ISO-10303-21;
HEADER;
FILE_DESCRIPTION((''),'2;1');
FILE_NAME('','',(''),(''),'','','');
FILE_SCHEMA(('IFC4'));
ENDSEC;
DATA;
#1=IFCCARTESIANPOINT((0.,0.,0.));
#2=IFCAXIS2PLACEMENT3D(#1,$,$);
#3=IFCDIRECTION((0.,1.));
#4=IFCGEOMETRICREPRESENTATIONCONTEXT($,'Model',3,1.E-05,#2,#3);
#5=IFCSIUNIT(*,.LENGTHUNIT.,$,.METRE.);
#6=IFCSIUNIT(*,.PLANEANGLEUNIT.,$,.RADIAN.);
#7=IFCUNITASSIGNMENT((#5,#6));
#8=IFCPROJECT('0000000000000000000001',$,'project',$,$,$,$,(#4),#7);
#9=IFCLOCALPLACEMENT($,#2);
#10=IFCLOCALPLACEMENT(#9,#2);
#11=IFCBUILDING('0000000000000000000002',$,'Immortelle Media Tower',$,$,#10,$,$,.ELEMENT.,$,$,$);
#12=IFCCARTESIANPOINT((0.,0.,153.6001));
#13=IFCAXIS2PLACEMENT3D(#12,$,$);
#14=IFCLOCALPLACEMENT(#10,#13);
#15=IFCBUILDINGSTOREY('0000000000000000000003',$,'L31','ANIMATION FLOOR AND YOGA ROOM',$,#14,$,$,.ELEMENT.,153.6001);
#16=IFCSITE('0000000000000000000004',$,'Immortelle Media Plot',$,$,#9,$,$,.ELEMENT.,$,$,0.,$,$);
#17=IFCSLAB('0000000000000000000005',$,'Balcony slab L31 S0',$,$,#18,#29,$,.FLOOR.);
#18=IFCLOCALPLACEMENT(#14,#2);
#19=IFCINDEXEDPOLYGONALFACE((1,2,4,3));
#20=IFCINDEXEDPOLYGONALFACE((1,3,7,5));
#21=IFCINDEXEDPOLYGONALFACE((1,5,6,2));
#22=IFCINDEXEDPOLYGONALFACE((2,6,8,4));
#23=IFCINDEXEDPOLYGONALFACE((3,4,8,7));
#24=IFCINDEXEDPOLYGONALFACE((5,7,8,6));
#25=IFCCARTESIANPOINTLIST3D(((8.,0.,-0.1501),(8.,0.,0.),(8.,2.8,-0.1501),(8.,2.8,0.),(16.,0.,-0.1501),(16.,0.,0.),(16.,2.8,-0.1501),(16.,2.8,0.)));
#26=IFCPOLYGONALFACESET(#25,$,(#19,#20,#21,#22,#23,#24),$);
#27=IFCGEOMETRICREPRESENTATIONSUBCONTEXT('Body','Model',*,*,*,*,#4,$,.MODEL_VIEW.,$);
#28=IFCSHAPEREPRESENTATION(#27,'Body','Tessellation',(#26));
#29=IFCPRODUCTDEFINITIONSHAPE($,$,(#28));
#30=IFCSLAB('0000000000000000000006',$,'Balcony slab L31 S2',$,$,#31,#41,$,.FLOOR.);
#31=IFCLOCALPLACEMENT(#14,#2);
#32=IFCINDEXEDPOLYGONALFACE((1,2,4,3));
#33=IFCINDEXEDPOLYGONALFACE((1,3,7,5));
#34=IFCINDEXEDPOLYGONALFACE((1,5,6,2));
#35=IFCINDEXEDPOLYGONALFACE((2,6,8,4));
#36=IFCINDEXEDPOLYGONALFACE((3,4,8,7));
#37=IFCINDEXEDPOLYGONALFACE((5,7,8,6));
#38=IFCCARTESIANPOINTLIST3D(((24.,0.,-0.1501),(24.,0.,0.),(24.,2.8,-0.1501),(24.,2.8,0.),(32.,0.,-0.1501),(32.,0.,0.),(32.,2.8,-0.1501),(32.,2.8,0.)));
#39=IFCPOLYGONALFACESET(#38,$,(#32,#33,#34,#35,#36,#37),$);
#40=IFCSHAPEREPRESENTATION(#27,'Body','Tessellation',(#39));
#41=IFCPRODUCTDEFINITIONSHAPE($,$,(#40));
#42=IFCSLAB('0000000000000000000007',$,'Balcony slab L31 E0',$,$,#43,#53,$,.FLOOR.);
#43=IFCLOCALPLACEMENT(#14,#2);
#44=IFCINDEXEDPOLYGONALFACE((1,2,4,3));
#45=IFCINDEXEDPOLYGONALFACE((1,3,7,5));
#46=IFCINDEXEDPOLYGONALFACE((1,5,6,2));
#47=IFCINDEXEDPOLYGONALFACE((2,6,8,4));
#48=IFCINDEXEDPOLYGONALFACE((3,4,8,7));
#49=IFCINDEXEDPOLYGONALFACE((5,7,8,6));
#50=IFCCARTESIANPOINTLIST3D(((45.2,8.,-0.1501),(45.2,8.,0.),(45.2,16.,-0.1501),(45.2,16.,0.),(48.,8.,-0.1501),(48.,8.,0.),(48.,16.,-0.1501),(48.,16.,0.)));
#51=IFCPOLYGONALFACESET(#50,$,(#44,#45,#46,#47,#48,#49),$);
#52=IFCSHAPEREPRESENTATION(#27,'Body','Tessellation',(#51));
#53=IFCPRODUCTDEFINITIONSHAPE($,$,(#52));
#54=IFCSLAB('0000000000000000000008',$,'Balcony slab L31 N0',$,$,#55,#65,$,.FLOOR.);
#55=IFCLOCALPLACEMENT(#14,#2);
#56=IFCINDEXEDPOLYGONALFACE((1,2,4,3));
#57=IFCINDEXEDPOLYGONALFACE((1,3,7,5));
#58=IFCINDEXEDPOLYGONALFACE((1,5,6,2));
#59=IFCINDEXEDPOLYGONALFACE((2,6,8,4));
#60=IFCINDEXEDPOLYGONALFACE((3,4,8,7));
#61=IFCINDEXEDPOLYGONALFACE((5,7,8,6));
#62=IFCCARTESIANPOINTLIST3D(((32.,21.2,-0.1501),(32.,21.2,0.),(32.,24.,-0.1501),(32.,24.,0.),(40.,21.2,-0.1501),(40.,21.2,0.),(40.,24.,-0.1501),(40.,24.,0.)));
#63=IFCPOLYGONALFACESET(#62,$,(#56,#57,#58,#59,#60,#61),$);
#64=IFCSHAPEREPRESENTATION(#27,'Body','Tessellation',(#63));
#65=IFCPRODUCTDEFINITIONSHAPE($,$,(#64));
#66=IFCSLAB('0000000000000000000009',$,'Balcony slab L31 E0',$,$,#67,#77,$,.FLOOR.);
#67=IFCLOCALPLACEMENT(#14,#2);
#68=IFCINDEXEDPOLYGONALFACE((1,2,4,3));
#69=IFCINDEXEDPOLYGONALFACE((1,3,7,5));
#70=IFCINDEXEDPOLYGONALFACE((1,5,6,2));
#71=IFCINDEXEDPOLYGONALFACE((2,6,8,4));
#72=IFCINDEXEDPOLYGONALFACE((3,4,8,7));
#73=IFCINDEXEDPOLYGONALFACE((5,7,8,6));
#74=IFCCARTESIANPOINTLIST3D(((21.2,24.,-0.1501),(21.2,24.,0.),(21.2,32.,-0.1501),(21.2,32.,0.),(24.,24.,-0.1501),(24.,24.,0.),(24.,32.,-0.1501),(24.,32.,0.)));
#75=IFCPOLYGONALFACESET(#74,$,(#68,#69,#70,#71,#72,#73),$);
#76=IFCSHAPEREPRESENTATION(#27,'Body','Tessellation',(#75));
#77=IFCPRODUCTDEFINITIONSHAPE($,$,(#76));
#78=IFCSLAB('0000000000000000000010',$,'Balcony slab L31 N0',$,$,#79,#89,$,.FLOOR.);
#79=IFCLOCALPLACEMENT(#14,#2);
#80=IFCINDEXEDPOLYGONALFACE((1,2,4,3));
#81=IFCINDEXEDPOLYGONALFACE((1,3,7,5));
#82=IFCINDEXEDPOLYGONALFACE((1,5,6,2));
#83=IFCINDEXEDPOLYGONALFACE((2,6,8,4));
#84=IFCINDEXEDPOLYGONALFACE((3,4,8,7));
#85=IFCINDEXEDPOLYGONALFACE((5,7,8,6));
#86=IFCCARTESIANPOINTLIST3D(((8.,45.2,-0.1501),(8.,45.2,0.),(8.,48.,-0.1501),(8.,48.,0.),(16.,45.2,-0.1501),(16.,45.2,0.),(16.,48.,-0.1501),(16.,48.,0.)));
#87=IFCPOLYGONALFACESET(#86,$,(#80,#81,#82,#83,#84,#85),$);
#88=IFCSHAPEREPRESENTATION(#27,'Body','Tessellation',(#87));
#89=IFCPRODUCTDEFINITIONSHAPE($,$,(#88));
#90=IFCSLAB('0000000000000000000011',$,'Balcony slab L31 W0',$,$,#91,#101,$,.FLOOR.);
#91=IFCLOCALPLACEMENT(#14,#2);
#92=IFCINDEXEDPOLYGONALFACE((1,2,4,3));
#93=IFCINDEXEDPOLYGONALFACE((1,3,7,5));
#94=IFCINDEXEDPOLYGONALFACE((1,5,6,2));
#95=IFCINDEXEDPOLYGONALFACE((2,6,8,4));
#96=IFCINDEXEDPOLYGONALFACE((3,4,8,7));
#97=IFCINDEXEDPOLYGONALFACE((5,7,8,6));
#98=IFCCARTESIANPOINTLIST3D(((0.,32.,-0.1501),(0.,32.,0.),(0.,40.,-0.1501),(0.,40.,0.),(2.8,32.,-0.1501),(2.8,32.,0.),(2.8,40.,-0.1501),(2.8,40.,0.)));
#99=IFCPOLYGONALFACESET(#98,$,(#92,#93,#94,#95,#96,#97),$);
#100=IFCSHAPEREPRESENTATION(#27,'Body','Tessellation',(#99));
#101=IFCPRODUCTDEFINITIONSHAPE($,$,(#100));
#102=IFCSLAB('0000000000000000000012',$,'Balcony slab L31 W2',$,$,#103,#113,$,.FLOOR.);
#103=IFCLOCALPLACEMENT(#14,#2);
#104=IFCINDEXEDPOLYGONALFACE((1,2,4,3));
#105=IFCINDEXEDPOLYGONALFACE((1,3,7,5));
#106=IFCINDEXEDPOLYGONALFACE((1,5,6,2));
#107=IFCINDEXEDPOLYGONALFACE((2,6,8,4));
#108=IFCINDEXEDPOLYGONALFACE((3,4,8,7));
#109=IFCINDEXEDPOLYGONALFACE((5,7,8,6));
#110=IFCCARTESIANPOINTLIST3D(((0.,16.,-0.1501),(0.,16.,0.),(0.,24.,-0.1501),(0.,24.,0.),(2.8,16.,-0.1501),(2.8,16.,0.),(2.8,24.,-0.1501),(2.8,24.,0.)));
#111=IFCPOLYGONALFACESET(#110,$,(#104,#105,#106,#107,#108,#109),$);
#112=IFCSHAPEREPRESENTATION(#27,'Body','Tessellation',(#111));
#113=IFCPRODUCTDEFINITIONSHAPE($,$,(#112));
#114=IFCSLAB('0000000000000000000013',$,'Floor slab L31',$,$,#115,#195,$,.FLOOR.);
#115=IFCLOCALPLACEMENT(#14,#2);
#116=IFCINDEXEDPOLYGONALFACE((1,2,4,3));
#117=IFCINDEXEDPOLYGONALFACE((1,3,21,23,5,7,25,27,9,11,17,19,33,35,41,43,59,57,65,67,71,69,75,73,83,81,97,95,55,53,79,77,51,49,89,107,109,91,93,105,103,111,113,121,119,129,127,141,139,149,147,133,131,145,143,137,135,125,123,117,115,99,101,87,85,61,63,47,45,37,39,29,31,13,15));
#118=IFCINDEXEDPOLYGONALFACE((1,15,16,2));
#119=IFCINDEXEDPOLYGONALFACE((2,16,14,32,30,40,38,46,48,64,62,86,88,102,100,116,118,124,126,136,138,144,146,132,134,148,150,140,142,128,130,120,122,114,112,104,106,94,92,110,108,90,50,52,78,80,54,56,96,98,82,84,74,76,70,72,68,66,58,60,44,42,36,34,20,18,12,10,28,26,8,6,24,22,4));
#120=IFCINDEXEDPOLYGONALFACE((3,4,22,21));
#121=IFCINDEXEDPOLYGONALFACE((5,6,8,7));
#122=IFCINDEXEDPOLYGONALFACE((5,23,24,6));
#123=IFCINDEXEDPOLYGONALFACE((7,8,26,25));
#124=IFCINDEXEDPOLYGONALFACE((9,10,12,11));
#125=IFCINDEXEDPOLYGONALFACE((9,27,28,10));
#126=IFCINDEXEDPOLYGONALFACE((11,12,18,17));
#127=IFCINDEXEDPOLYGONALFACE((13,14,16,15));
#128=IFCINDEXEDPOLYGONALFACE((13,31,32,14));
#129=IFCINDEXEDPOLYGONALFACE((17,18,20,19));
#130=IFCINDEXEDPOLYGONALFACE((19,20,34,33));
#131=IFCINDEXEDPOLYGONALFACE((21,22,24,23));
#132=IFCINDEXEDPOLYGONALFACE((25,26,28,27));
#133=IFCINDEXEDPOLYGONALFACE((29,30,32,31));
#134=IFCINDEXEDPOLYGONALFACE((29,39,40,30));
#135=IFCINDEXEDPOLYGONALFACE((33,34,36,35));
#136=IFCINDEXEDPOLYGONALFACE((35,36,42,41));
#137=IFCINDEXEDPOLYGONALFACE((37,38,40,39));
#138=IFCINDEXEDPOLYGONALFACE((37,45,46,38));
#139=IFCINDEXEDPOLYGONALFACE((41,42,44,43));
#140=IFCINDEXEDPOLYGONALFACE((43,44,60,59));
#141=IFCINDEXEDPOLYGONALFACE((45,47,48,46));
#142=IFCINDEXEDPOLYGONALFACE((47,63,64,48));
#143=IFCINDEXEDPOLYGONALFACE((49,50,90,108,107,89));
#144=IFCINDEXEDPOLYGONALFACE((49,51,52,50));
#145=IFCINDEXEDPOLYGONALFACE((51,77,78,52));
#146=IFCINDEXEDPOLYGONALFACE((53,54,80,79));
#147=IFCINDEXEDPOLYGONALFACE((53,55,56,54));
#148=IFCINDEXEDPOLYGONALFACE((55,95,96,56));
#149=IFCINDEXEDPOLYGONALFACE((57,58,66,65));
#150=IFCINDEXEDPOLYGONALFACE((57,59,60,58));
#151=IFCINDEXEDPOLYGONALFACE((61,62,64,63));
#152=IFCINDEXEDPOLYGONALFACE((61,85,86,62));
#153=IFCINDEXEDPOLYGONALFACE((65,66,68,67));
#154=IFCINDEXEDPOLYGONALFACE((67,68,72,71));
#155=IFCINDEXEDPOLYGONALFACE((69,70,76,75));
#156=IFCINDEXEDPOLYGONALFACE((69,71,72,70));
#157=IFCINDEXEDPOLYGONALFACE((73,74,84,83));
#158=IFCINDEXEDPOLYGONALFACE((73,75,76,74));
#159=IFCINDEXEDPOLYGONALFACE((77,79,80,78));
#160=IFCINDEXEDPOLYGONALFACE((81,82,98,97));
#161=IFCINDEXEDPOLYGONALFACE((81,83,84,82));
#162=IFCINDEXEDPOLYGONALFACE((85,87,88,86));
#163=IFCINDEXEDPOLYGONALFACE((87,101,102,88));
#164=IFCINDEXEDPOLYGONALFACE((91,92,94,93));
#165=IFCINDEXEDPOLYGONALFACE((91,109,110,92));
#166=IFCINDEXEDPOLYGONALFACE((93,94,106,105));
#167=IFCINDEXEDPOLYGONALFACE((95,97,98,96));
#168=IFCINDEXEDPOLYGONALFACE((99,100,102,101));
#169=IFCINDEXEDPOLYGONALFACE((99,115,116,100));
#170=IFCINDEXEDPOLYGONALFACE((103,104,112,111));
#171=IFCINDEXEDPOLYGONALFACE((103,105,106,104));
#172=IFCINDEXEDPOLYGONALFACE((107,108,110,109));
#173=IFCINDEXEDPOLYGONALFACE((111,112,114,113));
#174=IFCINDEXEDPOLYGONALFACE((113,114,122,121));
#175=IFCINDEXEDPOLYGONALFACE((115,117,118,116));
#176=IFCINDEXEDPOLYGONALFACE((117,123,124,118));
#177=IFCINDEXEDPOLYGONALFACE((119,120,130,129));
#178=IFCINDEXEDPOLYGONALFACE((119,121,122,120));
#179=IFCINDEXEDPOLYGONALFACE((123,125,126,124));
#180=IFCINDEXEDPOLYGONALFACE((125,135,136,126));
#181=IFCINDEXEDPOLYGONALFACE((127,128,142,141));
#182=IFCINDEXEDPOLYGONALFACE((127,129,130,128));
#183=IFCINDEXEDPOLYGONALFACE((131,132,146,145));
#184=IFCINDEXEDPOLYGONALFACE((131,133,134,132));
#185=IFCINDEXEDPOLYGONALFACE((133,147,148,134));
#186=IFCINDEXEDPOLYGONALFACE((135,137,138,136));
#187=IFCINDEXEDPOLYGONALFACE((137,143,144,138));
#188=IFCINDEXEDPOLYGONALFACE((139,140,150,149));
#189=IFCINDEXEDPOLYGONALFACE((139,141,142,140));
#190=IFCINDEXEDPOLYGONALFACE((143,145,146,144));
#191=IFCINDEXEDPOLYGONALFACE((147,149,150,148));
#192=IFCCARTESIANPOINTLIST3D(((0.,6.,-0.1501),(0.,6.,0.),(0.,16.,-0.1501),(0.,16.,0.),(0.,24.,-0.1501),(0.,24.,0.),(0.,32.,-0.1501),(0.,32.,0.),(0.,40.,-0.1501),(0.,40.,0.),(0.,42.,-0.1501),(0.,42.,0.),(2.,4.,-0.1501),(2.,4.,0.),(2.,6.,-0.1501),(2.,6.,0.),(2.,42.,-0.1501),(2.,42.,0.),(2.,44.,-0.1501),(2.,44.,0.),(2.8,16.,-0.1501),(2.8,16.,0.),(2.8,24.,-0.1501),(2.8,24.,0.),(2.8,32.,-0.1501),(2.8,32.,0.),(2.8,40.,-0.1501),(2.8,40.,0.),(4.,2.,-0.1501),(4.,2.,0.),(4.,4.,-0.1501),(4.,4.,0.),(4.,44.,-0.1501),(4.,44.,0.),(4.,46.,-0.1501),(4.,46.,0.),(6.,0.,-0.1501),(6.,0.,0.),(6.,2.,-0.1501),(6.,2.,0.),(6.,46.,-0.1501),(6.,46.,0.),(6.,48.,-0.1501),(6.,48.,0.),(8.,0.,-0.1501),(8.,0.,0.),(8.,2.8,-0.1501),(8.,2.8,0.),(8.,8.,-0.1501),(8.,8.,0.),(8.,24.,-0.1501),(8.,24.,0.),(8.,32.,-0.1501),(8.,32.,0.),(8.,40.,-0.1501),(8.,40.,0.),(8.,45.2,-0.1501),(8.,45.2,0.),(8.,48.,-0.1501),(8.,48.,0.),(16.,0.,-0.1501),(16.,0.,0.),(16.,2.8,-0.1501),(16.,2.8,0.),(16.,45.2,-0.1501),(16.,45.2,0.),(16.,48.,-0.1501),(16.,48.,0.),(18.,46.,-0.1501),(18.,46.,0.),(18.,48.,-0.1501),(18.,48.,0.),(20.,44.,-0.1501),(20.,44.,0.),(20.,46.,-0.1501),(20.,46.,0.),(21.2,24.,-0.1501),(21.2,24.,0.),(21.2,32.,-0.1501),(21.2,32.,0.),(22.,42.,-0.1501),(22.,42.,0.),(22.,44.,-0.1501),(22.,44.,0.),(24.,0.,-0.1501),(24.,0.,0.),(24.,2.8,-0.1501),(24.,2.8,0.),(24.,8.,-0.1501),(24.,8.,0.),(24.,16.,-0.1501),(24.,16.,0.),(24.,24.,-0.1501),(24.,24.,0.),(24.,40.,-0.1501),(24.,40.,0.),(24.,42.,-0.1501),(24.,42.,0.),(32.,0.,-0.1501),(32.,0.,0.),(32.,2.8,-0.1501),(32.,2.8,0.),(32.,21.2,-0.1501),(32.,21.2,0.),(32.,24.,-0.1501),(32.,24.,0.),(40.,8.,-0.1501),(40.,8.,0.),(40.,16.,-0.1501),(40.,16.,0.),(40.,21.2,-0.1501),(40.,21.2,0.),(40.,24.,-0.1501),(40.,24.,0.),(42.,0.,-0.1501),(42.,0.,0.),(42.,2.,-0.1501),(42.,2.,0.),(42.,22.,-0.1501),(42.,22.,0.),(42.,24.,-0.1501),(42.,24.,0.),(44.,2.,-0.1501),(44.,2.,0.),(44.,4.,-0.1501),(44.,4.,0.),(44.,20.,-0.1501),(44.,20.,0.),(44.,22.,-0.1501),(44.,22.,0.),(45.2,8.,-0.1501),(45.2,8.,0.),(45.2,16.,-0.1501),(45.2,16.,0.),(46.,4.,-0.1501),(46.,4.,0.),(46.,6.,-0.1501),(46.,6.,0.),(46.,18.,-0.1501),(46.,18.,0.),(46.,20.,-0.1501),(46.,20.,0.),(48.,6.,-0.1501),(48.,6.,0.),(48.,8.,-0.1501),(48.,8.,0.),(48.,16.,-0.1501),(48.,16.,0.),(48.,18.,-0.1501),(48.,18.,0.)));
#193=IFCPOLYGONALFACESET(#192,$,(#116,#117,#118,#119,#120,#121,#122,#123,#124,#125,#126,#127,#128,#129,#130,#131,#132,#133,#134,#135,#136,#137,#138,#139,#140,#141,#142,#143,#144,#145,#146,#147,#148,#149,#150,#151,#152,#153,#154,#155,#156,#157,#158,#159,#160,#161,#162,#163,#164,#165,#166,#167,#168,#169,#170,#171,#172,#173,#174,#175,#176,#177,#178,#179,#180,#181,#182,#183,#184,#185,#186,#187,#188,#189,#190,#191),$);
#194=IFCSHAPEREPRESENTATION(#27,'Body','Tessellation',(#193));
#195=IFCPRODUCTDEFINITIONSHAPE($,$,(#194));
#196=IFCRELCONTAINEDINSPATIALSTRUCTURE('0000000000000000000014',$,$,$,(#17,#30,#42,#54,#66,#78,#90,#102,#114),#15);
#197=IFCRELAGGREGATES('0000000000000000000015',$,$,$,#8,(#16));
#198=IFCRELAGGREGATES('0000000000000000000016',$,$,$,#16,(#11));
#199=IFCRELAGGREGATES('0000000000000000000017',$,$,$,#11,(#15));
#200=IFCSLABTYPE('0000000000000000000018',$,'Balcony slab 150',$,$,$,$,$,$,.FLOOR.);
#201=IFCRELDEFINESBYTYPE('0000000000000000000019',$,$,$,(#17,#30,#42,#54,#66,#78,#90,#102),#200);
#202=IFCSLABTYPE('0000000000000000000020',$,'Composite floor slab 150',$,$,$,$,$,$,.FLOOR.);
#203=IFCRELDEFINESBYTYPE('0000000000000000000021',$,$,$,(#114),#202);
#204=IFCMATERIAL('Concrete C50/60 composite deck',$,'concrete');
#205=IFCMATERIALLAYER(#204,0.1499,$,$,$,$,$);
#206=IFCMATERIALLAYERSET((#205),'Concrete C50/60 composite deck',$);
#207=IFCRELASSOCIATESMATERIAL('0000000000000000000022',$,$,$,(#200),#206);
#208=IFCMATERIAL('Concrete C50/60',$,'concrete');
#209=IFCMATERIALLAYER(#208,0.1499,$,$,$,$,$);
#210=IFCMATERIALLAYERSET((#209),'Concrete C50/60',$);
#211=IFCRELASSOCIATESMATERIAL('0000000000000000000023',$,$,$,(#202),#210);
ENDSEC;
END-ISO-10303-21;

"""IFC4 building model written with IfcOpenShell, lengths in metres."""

from ifc_helpers import new_model, si_unit, direction, frame, origin, place, context, subcontext, project, spatial, polyline, outline, extrude, material, layer, layer_set, type_object, element, save


model = new_model("IFC4")

# Units and contexts
model_context = context("Model", 3, precision=1e-05, world=origin(), true_north=direction((0.0, 1.0)))
body_context = subcontext(model_context, "Body", "Model", "MODEL_VIEW")
ifc_project = project(units=[si_unit("LENGTHUNIT", "METRE"), si_unit("PLANEANGLEUNIT", "RADIAN")], contexts=[model_context])

# Site, building, storey
site_placement = place(None, origin())
site = spatial("IfcSite", under=ifc_project, at=site_placement, Name="Immortelle Media Plot", CompositionType="ELEMENT", RefElevation=0.0)
building_placement = place(site_placement, origin())
building = spatial("IfcBuilding", under=site, at=building_placement, Name="Immortelle Media Tower", CompositionType="ELEMENT")
storey_placement = place(building_placement, frame((0.0, 0.0, 153.6001)))
storey = spatial("IfcBuildingStorey", under=building, at=storey_placement, Name="L31", Description="ANIMATION FLOOR AND YOGA ROOM", CompositionType="ELEMENT", Elevation=153.6001)

# Slabs
ifc_material_1 = material(Name="Concrete C50/60 composite deck", Category="concrete")
ifc_layer_1 = layer(ifc_material_1, 0.1499)
ifc_layer_set_1 = layer_set([ifc_layer_1], Name="Concrete C50/60 composite deck")
slab_type_1 = type_object("IfcSlabType", Name="Balcony slab 150", PredefinedType="FLOOR", material=ifc_layer_set_1)
slab_1_placement = place(storey_placement, frame((0.0, 0.0, -0.1501)))
element("IfcSlab", 1, at=slab_1_placement, inside=storey, type_object=slab_type_1, Name="Balcony slab L31 S0", PredefinedType="FLOOR", context=body_context, shape_type="SweptSolid", body=[
    extrude(outline(polyline([(16.0, 0.0), (16.0, 2.8), (8.0, 2.8), (8.0, 0.0), (16.0, 0.0)])), origin(), (0.0, 0.0, 1.0), 0.1501),
])
slab_2_placement = place(storey_placement, frame((0.0, 0.0, -0.1501)))
element("IfcSlab", 2, at=slab_2_placement, inside=storey, type_object=slab_type_1, Name="Balcony slab L31 S2", PredefinedType="FLOOR", context=body_context, shape_type="SweptSolid", body=[
    extrude(outline(polyline([(32.0, 0.0), (32.0, 2.8), (24.0, 2.8), (24.0, 0.0), (32.0, 0.0)])), origin(), (0.0, 0.0, 1.0), 0.1501),
])
slab_3_placement = place(storey_placement, frame((0.0, 0.0, -0.1501)))
element("IfcSlab", 3, at=slab_3_placement, inside=storey, type_object=slab_type_1, Name="Balcony slab L31 E0", PredefinedType="FLOOR", context=body_context, shape_type="SweptSolid", body=[
    extrude(outline(polyline([(48.0, 8.0), (48.0, 16.0), (45.2, 16.0), (45.2, 8.0), (48.0, 8.0)])), origin(), (0.0, 0.0, 1.0), 0.1501),
])
slab_4_placement = place(storey_placement, frame((0.0, 0.0, -0.1501)))
element("IfcSlab", 4, at=slab_4_placement, inside=storey, type_object=slab_type_1, Name="Balcony slab L31 N0", PredefinedType="FLOOR", context=body_context, shape_type="SweptSolid", body=[
    extrude(outline(polyline([(40.0, 21.2), (40.0, 24.0), (32.0, 24.0), (32.0, 21.2), (40.0, 21.2)])), origin(), (0.0, 0.0, 1.0), 0.1501),
])
slab_5_placement = place(storey_placement, frame((0.0, 0.0, -0.1501)))
element("IfcSlab", 5, at=slab_5_placement, inside=storey, type_object=slab_type_1, Name="Balcony slab L31 E0", PredefinedType="FLOOR", context=body_context, shape_type="SweptSolid", body=[
    extrude(outline(polyline([(24.0, 24.0), (24.0, 32.0), (21.2, 32.0), (21.2, 24.0), (24.0, 24.0)])), origin(), (0.0, 0.0, 1.0), 0.1501),
])
slab_6_placement = place(storey_placement, frame((0.0, 0.0, -0.1501)))
element("IfcSlab", 6, at=slab_6_placement, inside=storey, type_object=slab_type_1, Name="Balcony slab L31 N0", PredefinedType="FLOOR", context=body_context, shape_type="SweptSolid", body=[
    extrude(outline(polyline([(16.0, 45.2), (16.0, 48.0), (8.0, 48.0), (8.0, 45.2), (16.0, 45.2)])), origin(), (0.0, 0.0, 1.0), 0.1501),
])
slab_7_placement = place(storey_placement, frame((0.0, 0.0, -0.1501)))
element("IfcSlab", 7, at=slab_7_placement, inside=storey, type_object=slab_type_1, Name="Balcony slab L31 W0", PredefinedType="FLOOR", context=body_context, shape_type="SweptSolid", body=[
    extrude(outline(polyline([(2.8, 32.0), (2.8, 40.0), (0.0, 40.0), (0.0, 32.0), (2.8, 32.0)])), origin(), (0.0, 0.0, 1.0), 0.1501),
])
slab_8_placement = place(storey_placement, frame((0.0, 0.0, -0.1501)))
element("IfcSlab", 8, at=slab_8_placement, inside=storey, type_object=slab_type_1, Name="Balcony slab L31 W2", PredefinedType="FLOOR", context=body_context, shape_type="SweptSolid", body=[
    extrude(outline(polyline([(2.8, 16.0), (2.8, 24.0), (0.0, 24.0), (0.0, 16.0), (2.8, 16.0)])), origin(), (0.0, 0.0, 1.0), 0.1501),
])
ifc_material_2 = material(Name="Concrete C50/60", Category="concrete")
ifc_layer_2 = layer(ifc_material_2, 0.1499)
ifc_layer_set_2 = layer_set([ifc_layer_2], Name="Concrete C50/60")
slab_type_2 = type_object("IfcSlabType", Name="Composite floor slab 150", PredefinedType="FLOOR", material=ifc_layer_set_2)
slab_9_placement = place(storey_placement, frame((0.0, 0.0, -0.1501)))
element("IfcSlab", 9, at=slab_9_placement, inside=storey, type_object=slab_type_2, Name="Floor slab L31", PredefinedType="FLOOR", context=body_context, shape_type="SweptSolid", body=[
    extrude(outline(polyline([(6.0, 0.0), (6.0, 2.0), (4.0, 2.0), (4.0, 4.0), (2.0, 4.0), (2.0, 6.0), (0.0, 6.0), (0.0, 16.0), (2.8, 16.0), (2.8, 24.0), (0.0, 24.0), (0.0, 32.0), (2.8, 32.0), (2.8, 40.0), (0.0, 40.0), (0.0, 42.0), (2.0, 42.0), (2.0, 44.0), (4.0, 44.0), (4.0, 46.0), (6.0, 46.0), (6.0, 48.0), (8.0, 48.0), (8.0, 45.2), (16.0, 45.2), (16.0, 48.0), (18.0, 48.0), (18.0, 46.0), (20.0, 46.0), (20.0, 44.0), (22.0, 44.0), (22.0, 42.0), (24.0, 42.0), (24.0, 40.0), (8.0, 40.0), (8.0, 32.0), (21.2, 32.0), (21.2, 24.0), (8.0, 24.0), (8.0, 8.0), (24.0, 8.0), (40.0, 8.0), (40.0, 16.0), (24.0, 16.0), (24.0, 24.0), (32.0, 24.0), (32.0, 21.2), (40.0, 21.2), (40.0, 24.0), (42.0, 24.0), (42.0, 22.0), (44.0, 22.0), (44.0, 20.0), (46.0, 20.0), (46.0, 18.0), (48.0, 18.0), (48.0, 16.0), (45.2, 16.0), (45.2, 8.0), (48.0, 8.0), (48.0, 6.0), (46.0, 6.0), (46.0, 4.0), (44.0, 4.0), (44.0, 2.0), (42.0, 2.0), (42.0, 0.0), (32.0, 0.0), (32.0, 2.8), (24.0, 2.8), (24.0, 0.0), (16.0, 0.0), (16.0, 2.8), (8.0, 2.8), (8.0, 0.0), (6.0, 0.0)])), origin(), (0.0, 0.0, 1.0), 0.1501),
])

save(model, "model.ifc")
